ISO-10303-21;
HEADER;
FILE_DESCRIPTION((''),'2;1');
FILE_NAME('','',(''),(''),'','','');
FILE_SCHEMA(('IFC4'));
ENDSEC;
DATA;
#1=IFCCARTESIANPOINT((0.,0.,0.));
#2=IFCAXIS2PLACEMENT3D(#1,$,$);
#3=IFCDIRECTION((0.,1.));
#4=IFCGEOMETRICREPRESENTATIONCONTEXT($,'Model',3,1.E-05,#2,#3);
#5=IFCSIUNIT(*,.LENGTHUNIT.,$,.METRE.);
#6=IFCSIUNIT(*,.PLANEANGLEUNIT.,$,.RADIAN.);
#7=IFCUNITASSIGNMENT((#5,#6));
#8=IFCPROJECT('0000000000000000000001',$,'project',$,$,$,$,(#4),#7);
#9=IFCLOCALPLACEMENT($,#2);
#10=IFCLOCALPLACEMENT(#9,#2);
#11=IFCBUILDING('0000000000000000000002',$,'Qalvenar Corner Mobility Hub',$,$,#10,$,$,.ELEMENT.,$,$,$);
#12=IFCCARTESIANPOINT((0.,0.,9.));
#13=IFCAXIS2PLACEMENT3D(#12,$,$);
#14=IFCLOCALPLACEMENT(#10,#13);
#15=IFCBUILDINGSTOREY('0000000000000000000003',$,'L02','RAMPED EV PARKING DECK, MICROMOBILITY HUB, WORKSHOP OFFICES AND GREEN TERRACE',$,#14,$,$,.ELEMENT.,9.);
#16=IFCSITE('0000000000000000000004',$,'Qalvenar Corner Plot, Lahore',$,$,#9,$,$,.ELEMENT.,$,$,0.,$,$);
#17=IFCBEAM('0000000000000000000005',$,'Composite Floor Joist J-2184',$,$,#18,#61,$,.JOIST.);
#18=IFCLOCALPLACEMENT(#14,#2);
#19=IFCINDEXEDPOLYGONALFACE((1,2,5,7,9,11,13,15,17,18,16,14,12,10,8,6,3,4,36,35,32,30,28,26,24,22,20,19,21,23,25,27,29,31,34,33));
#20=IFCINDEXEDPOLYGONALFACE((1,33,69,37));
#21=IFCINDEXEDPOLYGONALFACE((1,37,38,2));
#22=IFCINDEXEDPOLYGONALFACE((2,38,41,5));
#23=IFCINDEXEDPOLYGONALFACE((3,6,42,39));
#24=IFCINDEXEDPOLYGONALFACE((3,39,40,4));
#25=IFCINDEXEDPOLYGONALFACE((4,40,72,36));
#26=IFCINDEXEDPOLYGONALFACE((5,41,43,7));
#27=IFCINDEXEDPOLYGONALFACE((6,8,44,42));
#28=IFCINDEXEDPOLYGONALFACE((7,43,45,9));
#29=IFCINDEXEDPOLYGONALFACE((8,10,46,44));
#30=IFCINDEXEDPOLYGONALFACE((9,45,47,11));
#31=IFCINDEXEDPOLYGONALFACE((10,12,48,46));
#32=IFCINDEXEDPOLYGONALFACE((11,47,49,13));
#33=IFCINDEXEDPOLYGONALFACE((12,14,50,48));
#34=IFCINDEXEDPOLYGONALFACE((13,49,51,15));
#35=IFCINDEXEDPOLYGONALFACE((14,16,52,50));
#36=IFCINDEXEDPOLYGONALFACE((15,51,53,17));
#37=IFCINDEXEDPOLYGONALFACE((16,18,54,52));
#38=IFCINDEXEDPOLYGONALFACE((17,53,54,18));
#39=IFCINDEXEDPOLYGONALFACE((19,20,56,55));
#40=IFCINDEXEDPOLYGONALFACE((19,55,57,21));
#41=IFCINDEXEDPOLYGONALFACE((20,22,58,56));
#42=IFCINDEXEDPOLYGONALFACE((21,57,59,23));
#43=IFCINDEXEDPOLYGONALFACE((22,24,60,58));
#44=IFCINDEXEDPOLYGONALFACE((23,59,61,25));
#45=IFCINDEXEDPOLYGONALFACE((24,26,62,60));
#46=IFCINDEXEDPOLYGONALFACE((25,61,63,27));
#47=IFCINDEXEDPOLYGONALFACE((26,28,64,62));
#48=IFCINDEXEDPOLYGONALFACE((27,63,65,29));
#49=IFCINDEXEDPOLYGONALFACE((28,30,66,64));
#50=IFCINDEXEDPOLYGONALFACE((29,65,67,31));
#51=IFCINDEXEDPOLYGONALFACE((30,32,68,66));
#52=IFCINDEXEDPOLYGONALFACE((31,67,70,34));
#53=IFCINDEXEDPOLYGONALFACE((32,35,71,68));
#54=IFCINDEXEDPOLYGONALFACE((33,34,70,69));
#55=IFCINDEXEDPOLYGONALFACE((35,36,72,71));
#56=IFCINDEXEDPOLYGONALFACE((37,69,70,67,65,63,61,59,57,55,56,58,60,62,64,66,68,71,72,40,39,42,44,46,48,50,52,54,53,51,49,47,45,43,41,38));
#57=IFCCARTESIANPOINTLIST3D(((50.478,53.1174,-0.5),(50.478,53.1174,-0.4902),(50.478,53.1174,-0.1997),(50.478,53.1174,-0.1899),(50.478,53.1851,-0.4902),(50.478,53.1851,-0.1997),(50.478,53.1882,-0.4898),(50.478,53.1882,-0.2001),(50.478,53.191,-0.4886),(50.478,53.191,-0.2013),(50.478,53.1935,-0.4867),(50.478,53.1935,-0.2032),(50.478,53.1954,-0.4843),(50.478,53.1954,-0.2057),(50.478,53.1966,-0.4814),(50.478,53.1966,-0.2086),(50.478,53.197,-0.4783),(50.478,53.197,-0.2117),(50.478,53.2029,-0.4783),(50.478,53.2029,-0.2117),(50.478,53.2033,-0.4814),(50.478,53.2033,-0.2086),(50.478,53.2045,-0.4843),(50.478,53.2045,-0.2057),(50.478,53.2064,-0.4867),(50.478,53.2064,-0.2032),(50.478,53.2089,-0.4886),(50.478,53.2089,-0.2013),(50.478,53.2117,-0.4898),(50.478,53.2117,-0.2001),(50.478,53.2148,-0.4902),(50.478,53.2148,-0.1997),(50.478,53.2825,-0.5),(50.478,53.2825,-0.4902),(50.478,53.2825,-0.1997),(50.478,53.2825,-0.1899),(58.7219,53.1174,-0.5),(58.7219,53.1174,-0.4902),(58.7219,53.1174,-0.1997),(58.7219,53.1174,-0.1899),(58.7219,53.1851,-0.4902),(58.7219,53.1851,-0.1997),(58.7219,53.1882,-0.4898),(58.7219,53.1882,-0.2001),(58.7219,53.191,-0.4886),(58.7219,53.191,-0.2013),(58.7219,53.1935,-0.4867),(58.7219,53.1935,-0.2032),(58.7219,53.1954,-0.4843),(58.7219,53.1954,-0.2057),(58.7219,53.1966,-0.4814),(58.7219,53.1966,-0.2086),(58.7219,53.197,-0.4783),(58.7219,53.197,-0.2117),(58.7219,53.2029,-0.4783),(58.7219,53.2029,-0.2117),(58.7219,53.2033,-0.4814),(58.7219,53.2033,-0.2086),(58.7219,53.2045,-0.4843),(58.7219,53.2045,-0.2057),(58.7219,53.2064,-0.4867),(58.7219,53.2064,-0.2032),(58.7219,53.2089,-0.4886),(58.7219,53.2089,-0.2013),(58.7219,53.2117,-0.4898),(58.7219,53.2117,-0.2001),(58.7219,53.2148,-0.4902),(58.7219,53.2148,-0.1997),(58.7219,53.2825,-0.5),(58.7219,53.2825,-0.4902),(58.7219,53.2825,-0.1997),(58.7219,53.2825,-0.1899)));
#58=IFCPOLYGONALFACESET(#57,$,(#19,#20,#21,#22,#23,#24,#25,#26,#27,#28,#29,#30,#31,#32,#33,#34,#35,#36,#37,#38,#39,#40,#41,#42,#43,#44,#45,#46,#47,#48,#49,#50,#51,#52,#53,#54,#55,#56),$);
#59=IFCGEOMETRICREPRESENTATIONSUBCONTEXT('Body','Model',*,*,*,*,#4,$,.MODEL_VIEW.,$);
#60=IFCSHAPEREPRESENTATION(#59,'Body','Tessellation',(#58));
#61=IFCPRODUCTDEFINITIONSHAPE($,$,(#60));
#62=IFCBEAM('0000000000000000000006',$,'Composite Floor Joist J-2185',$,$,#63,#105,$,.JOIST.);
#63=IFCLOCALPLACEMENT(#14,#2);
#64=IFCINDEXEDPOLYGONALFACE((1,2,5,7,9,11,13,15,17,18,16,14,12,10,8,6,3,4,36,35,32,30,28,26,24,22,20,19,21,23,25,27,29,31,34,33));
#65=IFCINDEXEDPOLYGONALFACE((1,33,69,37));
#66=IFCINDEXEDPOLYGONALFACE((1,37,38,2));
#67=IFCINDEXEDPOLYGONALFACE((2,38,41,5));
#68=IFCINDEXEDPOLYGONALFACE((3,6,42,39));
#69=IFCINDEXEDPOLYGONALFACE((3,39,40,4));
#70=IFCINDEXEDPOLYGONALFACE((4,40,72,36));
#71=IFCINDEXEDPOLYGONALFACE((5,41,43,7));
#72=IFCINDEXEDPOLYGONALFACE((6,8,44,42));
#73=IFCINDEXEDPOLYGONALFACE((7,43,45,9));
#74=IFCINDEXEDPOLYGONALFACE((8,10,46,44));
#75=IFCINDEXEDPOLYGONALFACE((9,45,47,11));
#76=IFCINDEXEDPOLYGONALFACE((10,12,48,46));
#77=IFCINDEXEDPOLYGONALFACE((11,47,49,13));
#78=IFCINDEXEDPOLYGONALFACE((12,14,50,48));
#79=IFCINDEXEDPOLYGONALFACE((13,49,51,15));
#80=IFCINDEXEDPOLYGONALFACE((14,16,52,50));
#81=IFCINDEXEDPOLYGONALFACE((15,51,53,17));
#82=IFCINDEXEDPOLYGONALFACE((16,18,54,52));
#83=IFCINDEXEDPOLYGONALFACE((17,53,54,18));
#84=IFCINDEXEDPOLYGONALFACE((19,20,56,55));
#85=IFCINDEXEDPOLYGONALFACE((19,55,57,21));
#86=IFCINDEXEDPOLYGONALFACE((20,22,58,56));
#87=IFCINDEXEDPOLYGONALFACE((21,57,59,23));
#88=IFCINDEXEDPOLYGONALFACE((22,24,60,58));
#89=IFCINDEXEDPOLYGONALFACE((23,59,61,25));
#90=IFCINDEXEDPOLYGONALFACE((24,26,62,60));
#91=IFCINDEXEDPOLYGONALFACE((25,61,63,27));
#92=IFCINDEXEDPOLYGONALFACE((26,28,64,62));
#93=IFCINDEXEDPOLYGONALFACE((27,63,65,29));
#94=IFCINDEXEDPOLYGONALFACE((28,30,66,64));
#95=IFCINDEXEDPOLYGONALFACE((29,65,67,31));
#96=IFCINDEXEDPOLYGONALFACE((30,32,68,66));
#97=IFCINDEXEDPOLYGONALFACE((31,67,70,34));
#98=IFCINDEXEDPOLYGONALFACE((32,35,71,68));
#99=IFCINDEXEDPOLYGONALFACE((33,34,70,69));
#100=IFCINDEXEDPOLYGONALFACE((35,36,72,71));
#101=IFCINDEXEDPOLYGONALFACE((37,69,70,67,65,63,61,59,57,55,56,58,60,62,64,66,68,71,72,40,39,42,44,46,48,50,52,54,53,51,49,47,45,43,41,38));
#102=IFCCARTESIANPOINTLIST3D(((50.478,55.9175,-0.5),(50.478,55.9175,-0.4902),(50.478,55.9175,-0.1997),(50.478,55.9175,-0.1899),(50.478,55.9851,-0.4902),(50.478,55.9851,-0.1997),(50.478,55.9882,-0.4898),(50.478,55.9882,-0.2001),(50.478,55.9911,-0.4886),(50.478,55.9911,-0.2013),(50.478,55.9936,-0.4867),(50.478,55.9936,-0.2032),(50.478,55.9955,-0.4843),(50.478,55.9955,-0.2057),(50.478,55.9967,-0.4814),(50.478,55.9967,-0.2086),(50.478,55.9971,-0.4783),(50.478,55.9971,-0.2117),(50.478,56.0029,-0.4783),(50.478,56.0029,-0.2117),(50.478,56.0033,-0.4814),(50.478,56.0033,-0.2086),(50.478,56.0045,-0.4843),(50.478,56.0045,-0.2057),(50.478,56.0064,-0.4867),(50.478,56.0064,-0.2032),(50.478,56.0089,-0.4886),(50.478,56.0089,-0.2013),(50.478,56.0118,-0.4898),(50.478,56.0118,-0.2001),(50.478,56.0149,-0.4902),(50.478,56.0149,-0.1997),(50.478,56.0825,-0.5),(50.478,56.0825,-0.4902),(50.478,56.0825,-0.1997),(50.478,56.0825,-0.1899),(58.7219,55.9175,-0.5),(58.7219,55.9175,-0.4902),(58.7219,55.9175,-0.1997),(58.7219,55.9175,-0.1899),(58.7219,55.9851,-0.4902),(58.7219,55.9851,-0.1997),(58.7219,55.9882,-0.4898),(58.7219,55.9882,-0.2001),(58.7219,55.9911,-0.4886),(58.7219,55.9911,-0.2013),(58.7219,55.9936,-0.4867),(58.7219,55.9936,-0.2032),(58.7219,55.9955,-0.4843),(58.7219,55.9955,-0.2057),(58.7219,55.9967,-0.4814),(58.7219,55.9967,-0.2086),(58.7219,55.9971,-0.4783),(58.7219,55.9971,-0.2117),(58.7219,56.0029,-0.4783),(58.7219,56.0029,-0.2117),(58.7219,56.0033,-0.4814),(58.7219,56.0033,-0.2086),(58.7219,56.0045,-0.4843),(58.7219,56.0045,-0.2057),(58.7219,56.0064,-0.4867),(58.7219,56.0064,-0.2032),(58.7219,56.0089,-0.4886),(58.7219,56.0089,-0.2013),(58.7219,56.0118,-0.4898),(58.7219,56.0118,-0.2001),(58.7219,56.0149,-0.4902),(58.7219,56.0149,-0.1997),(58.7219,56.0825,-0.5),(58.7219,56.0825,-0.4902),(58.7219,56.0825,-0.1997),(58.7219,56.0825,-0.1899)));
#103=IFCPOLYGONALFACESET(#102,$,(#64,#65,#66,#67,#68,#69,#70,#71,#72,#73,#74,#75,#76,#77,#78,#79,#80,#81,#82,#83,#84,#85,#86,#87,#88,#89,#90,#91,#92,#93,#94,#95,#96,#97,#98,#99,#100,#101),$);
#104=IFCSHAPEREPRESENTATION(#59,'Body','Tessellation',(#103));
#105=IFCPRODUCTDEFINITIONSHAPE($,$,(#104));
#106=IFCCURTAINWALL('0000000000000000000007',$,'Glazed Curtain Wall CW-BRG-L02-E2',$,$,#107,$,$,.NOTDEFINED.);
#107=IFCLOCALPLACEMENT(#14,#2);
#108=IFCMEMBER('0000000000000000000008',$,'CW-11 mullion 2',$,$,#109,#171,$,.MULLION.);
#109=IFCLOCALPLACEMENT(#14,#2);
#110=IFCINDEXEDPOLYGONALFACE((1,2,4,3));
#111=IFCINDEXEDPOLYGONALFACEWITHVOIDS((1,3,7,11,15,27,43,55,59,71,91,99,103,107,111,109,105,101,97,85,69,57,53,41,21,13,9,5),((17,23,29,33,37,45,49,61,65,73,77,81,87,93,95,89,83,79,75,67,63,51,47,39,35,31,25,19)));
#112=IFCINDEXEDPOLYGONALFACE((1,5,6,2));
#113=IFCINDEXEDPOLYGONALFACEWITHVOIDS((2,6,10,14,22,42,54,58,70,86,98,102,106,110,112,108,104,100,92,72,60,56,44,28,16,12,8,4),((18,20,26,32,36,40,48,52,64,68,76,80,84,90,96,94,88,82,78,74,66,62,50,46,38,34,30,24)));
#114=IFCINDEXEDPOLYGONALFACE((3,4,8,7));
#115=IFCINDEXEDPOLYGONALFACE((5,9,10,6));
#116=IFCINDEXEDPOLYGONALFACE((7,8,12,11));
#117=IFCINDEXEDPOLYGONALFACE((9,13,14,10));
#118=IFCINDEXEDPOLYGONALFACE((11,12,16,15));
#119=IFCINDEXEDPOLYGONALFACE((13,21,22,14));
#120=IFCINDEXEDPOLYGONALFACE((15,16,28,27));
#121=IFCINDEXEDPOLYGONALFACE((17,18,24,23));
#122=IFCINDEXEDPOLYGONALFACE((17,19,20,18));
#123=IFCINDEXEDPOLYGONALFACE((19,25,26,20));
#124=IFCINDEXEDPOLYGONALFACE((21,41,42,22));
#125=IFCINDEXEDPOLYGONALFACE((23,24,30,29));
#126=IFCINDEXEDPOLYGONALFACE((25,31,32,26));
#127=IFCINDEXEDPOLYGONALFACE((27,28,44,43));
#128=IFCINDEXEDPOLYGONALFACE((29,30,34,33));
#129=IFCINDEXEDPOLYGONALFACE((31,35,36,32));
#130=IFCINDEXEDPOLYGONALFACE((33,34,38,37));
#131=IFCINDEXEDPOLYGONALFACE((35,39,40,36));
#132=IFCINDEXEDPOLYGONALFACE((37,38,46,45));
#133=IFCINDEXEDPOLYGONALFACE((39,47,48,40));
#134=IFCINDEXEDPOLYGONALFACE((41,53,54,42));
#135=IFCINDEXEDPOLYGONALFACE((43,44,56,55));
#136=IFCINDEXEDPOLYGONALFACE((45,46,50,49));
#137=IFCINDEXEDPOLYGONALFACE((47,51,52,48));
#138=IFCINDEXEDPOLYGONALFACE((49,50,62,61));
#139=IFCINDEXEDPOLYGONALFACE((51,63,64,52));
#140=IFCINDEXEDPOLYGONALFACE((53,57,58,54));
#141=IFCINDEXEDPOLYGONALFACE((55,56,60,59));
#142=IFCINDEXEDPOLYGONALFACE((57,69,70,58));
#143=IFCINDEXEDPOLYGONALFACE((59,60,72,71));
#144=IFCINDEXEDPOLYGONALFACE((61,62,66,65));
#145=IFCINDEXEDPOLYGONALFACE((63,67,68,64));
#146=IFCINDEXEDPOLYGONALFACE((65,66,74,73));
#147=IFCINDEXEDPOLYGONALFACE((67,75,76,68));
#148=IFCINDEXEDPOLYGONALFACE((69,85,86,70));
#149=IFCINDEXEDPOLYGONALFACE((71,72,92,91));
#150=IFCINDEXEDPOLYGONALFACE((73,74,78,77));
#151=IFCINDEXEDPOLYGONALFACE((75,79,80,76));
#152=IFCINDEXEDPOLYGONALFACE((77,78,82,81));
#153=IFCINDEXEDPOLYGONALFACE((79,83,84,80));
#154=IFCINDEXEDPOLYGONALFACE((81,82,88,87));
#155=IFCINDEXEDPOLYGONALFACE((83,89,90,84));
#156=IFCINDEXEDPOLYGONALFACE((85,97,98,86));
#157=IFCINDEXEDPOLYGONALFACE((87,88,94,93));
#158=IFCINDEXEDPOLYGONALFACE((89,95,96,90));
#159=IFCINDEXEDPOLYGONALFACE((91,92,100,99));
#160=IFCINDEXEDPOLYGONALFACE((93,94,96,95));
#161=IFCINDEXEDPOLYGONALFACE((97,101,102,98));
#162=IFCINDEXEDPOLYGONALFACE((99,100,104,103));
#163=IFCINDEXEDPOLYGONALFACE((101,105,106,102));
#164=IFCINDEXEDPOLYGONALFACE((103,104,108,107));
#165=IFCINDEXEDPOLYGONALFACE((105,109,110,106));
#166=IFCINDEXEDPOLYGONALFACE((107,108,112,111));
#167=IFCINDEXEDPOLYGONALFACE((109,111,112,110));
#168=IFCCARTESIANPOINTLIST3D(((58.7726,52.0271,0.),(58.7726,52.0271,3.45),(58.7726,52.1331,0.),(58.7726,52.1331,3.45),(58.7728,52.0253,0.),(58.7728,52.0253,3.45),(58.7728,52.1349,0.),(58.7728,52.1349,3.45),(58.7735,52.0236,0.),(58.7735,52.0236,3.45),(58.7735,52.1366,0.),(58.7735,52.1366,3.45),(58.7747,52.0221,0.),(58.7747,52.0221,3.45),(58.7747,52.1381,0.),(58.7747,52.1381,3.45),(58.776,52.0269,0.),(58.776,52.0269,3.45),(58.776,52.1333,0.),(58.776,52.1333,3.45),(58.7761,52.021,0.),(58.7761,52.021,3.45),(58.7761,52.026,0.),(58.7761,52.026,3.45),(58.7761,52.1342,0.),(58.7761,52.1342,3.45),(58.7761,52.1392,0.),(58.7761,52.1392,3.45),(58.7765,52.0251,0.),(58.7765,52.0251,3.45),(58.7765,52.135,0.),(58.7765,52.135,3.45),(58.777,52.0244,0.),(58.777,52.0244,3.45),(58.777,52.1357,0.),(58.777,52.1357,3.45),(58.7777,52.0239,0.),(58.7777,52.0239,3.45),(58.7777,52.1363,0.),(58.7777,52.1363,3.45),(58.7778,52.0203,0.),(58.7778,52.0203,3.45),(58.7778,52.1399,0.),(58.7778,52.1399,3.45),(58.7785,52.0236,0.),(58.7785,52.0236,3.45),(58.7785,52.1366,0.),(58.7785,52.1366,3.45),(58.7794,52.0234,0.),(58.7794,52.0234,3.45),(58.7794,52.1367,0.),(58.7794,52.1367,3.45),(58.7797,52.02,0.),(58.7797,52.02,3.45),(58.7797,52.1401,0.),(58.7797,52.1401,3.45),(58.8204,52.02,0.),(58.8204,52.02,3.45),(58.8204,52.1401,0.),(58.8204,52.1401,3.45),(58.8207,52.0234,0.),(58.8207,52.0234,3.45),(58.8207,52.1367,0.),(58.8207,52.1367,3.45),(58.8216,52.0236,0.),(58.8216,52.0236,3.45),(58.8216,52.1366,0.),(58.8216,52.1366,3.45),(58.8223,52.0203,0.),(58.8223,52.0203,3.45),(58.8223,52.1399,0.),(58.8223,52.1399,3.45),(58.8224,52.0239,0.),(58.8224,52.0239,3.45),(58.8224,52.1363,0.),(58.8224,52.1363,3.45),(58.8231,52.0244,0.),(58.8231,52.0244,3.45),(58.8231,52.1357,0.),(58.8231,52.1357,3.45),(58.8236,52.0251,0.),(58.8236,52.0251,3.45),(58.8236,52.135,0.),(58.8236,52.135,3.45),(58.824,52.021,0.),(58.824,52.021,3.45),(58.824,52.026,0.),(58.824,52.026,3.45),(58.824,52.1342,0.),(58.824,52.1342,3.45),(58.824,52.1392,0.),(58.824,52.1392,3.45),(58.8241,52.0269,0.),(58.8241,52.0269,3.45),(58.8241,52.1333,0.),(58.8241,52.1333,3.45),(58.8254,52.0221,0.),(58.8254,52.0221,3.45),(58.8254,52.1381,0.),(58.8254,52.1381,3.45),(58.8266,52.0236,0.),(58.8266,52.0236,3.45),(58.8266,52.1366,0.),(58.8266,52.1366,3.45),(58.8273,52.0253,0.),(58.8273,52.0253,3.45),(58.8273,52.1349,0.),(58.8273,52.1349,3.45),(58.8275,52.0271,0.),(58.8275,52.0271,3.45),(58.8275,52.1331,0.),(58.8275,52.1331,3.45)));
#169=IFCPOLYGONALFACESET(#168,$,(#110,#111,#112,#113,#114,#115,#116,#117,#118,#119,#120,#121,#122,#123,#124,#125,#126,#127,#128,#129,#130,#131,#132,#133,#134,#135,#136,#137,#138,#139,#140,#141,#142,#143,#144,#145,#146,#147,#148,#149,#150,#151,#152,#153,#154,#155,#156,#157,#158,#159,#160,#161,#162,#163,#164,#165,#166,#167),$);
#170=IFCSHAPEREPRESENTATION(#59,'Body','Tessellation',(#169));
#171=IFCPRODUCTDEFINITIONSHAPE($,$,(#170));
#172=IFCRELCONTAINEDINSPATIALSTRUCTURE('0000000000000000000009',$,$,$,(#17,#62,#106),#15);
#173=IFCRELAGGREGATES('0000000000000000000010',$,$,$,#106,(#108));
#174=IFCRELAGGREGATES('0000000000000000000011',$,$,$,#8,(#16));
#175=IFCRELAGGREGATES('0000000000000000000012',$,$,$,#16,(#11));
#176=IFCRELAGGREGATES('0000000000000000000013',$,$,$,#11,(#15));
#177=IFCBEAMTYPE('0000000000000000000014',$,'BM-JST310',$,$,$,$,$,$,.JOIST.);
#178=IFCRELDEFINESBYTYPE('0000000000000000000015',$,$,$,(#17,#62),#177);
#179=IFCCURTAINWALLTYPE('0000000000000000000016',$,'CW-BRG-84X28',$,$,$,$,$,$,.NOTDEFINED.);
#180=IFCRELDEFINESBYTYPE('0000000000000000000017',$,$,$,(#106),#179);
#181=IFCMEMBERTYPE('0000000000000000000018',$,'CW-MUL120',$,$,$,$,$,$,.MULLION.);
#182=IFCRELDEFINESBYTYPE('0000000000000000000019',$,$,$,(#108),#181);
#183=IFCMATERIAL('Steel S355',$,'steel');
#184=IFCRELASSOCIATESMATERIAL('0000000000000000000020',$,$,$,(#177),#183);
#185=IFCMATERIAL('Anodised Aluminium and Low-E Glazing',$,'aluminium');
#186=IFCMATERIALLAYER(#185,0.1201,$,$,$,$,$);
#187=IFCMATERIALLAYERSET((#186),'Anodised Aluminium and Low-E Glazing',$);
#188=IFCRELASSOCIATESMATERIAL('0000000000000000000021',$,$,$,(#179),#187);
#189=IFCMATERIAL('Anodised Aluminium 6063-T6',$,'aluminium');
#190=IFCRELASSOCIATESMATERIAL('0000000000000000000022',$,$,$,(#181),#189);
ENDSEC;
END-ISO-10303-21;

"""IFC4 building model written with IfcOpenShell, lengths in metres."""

from ifc_helpers import new_model, si_unit, direction, frame, origin, origin_2d, place, context, subcontext, project, spatial, hollow_rectangle, i_section, extrude, material, layer, layer_set, material_profile, profile_set, type_object, element, aggregate, save


model = new_model("IFC4")

# Units and contexts
model_context = context("Model", 3, precision=1e-05, world=origin(), true_north=direction((0.0, 1.0)))
body_context = subcontext(model_context, "Body", "Model", "MODEL_VIEW")
ifc_project = project(units=[si_unit("LENGTHUNIT", "METRE"), si_unit("PLANEANGLEUNIT", "RADIAN")], contexts=[model_context])

# Site, building, storey
site_placement = place(None, origin())
site = spatial("IfcSite", under=ifc_project, at=site_placement, Name="Qalvenar Corner Plot, Lahore", CompositionType="ELEMENT", RefElevation=0.0)
building_placement = place(site_placement, origin())
building = spatial("IfcBuilding", under=site, at=building_placement, Name="Qalvenar Corner Mobility Hub", CompositionType="ELEMENT")
storey_placement = place(building_placement, frame((0.0, 0.0, 9.0)))
storey = spatial("IfcBuildingStorey", under=building, at=storey_placement, Name="L02", Description="RAMPED EV PARKING DECK, MICROMOBILITY HUB, WORKSHOP OFFICES AND GREEN TERRACE", CompositionType="ELEMENT", Elevation=9.0)

# Beams
ifc_material_1 = material(Name="Steel S355", Category="steel")
ifc_material_profile_1 = material_profile(ifc_material_1, i_section(OverallWidth=0.165, OverallDepth=0.3101, WebThickness=0.0059, FlangeThickness=0.0098, FilletRadius=0.012, at=origin_2d()), Name="W310x38.7")
ifc_profile_set_1 = profile_set([ifc_material_profile_1], Name="Steel S355")
beam_type = type_object("IfcBeamType", Name="BM-JST310", PredefinedType="JOIST", material=ifc_profile_set_1)
for number, where, z_axis, x_axis, name in (
    (1, (50.478, 53.2, -0.345), (1.0, 0.0, 0.0), (0.0, 1.0, 0.0), "Composite Floor Joist J-2184"),
    (2, (50.478, 56.0, -0.345), (1.0, 0.0, 0.0), (0.0, 1.0, 0.0), "Composite Floor Joist J-2185"),
):
    element("IfcBeam", number, at=place(storey_placement, frame(where, z_axis=z_axis, x_axis=x_axis)), inside=storey, type_object=beam_type, Name=name, PredefinedType="JOIST", context=body_context, shape_type="SweptSolid", body=[
        extrude(i_section(OverallWidth=0.165, OverallDepth=0.3101, WebThickness=0.0059, FlangeThickness=0.0098, FilletRadius=0.012, at=origin_2d()), origin(), (0.0, 0.0, 1.0), 8.2439),
    ])

# Curtain wall, member
ifc_material_2 = material(Name="Anodised Aluminium and Low-E Glazing", Category="aluminium")
ifc_layer_1 = layer(ifc_material_2, 0.1201)
ifc_layer_set_1 = layer_set([ifc_layer_1], Name="Anodised Aluminium and Low-E Glazing")
curtain_wall_type = type_object("IfcCurtainWallType", Name="CW-BRG-84X28", PredefinedType="NOTDEFINED", material=ifc_layer_set_1)
curtain_wall_placement = place(storey_placement, origin())
curtain_wall = element("IfcCurtainWall", 3, at=curtain_wall_placement, inside=storey, type_object=curtain_wall_type, Name="Glazed Curtain Wall CW-BRG-L02-E2", PredefinedType="NOTDEFINED")
ifc_material_3 = material(Name="Anodised Aluminium 6063-T6", Category="aluminium")
ifc_material_profile_2 = material_profile(ifc_material_3, hollow_rectangle(XDim=0.0549, YDim=0.1201, WallThickness=0.0034, InnerFilletRadius=0.0034, OuterFilletRadius=0.0071, at=origin_2d()), Name="RHS120x55x3.5")
ifc_profile_set_2 = profile_set([ifc_material_profile_2], Name="Anodised Aluminium 6063-T6")
member_type_1 = type_object("IfcMemberType", Name="CW-MUL120", PredefinedType="MULLION", material=ifc_profile_set_2)
member_1_placement = place(storey_placement, frame((58.8, 52.0801, 0.0), z_axis=(0.0, 0.0, 1.0), x_axis=(-1.0, 0.0, 0.0)))
member_1 = element("IfcMember", 4, at=member_1_placement, type_object=member_type_1, Name="CW-11 mullion 2", PredefinedType="MULLION", context=body_context, shape_type="SweptSolid", body=[
    extrude(hollow_rectangle(XDim=0.0549, YDim=0.1201, WallThickness=0.0034, InnerFilletRadius=0.0034, OuterFilletRadius=0.0071, at=origin_2d()), origin(), (0.0, 0.0, 1.0), 3.45),
])
aggregate(curtain_wall, [member_1])

save(model, "model.ifc")
